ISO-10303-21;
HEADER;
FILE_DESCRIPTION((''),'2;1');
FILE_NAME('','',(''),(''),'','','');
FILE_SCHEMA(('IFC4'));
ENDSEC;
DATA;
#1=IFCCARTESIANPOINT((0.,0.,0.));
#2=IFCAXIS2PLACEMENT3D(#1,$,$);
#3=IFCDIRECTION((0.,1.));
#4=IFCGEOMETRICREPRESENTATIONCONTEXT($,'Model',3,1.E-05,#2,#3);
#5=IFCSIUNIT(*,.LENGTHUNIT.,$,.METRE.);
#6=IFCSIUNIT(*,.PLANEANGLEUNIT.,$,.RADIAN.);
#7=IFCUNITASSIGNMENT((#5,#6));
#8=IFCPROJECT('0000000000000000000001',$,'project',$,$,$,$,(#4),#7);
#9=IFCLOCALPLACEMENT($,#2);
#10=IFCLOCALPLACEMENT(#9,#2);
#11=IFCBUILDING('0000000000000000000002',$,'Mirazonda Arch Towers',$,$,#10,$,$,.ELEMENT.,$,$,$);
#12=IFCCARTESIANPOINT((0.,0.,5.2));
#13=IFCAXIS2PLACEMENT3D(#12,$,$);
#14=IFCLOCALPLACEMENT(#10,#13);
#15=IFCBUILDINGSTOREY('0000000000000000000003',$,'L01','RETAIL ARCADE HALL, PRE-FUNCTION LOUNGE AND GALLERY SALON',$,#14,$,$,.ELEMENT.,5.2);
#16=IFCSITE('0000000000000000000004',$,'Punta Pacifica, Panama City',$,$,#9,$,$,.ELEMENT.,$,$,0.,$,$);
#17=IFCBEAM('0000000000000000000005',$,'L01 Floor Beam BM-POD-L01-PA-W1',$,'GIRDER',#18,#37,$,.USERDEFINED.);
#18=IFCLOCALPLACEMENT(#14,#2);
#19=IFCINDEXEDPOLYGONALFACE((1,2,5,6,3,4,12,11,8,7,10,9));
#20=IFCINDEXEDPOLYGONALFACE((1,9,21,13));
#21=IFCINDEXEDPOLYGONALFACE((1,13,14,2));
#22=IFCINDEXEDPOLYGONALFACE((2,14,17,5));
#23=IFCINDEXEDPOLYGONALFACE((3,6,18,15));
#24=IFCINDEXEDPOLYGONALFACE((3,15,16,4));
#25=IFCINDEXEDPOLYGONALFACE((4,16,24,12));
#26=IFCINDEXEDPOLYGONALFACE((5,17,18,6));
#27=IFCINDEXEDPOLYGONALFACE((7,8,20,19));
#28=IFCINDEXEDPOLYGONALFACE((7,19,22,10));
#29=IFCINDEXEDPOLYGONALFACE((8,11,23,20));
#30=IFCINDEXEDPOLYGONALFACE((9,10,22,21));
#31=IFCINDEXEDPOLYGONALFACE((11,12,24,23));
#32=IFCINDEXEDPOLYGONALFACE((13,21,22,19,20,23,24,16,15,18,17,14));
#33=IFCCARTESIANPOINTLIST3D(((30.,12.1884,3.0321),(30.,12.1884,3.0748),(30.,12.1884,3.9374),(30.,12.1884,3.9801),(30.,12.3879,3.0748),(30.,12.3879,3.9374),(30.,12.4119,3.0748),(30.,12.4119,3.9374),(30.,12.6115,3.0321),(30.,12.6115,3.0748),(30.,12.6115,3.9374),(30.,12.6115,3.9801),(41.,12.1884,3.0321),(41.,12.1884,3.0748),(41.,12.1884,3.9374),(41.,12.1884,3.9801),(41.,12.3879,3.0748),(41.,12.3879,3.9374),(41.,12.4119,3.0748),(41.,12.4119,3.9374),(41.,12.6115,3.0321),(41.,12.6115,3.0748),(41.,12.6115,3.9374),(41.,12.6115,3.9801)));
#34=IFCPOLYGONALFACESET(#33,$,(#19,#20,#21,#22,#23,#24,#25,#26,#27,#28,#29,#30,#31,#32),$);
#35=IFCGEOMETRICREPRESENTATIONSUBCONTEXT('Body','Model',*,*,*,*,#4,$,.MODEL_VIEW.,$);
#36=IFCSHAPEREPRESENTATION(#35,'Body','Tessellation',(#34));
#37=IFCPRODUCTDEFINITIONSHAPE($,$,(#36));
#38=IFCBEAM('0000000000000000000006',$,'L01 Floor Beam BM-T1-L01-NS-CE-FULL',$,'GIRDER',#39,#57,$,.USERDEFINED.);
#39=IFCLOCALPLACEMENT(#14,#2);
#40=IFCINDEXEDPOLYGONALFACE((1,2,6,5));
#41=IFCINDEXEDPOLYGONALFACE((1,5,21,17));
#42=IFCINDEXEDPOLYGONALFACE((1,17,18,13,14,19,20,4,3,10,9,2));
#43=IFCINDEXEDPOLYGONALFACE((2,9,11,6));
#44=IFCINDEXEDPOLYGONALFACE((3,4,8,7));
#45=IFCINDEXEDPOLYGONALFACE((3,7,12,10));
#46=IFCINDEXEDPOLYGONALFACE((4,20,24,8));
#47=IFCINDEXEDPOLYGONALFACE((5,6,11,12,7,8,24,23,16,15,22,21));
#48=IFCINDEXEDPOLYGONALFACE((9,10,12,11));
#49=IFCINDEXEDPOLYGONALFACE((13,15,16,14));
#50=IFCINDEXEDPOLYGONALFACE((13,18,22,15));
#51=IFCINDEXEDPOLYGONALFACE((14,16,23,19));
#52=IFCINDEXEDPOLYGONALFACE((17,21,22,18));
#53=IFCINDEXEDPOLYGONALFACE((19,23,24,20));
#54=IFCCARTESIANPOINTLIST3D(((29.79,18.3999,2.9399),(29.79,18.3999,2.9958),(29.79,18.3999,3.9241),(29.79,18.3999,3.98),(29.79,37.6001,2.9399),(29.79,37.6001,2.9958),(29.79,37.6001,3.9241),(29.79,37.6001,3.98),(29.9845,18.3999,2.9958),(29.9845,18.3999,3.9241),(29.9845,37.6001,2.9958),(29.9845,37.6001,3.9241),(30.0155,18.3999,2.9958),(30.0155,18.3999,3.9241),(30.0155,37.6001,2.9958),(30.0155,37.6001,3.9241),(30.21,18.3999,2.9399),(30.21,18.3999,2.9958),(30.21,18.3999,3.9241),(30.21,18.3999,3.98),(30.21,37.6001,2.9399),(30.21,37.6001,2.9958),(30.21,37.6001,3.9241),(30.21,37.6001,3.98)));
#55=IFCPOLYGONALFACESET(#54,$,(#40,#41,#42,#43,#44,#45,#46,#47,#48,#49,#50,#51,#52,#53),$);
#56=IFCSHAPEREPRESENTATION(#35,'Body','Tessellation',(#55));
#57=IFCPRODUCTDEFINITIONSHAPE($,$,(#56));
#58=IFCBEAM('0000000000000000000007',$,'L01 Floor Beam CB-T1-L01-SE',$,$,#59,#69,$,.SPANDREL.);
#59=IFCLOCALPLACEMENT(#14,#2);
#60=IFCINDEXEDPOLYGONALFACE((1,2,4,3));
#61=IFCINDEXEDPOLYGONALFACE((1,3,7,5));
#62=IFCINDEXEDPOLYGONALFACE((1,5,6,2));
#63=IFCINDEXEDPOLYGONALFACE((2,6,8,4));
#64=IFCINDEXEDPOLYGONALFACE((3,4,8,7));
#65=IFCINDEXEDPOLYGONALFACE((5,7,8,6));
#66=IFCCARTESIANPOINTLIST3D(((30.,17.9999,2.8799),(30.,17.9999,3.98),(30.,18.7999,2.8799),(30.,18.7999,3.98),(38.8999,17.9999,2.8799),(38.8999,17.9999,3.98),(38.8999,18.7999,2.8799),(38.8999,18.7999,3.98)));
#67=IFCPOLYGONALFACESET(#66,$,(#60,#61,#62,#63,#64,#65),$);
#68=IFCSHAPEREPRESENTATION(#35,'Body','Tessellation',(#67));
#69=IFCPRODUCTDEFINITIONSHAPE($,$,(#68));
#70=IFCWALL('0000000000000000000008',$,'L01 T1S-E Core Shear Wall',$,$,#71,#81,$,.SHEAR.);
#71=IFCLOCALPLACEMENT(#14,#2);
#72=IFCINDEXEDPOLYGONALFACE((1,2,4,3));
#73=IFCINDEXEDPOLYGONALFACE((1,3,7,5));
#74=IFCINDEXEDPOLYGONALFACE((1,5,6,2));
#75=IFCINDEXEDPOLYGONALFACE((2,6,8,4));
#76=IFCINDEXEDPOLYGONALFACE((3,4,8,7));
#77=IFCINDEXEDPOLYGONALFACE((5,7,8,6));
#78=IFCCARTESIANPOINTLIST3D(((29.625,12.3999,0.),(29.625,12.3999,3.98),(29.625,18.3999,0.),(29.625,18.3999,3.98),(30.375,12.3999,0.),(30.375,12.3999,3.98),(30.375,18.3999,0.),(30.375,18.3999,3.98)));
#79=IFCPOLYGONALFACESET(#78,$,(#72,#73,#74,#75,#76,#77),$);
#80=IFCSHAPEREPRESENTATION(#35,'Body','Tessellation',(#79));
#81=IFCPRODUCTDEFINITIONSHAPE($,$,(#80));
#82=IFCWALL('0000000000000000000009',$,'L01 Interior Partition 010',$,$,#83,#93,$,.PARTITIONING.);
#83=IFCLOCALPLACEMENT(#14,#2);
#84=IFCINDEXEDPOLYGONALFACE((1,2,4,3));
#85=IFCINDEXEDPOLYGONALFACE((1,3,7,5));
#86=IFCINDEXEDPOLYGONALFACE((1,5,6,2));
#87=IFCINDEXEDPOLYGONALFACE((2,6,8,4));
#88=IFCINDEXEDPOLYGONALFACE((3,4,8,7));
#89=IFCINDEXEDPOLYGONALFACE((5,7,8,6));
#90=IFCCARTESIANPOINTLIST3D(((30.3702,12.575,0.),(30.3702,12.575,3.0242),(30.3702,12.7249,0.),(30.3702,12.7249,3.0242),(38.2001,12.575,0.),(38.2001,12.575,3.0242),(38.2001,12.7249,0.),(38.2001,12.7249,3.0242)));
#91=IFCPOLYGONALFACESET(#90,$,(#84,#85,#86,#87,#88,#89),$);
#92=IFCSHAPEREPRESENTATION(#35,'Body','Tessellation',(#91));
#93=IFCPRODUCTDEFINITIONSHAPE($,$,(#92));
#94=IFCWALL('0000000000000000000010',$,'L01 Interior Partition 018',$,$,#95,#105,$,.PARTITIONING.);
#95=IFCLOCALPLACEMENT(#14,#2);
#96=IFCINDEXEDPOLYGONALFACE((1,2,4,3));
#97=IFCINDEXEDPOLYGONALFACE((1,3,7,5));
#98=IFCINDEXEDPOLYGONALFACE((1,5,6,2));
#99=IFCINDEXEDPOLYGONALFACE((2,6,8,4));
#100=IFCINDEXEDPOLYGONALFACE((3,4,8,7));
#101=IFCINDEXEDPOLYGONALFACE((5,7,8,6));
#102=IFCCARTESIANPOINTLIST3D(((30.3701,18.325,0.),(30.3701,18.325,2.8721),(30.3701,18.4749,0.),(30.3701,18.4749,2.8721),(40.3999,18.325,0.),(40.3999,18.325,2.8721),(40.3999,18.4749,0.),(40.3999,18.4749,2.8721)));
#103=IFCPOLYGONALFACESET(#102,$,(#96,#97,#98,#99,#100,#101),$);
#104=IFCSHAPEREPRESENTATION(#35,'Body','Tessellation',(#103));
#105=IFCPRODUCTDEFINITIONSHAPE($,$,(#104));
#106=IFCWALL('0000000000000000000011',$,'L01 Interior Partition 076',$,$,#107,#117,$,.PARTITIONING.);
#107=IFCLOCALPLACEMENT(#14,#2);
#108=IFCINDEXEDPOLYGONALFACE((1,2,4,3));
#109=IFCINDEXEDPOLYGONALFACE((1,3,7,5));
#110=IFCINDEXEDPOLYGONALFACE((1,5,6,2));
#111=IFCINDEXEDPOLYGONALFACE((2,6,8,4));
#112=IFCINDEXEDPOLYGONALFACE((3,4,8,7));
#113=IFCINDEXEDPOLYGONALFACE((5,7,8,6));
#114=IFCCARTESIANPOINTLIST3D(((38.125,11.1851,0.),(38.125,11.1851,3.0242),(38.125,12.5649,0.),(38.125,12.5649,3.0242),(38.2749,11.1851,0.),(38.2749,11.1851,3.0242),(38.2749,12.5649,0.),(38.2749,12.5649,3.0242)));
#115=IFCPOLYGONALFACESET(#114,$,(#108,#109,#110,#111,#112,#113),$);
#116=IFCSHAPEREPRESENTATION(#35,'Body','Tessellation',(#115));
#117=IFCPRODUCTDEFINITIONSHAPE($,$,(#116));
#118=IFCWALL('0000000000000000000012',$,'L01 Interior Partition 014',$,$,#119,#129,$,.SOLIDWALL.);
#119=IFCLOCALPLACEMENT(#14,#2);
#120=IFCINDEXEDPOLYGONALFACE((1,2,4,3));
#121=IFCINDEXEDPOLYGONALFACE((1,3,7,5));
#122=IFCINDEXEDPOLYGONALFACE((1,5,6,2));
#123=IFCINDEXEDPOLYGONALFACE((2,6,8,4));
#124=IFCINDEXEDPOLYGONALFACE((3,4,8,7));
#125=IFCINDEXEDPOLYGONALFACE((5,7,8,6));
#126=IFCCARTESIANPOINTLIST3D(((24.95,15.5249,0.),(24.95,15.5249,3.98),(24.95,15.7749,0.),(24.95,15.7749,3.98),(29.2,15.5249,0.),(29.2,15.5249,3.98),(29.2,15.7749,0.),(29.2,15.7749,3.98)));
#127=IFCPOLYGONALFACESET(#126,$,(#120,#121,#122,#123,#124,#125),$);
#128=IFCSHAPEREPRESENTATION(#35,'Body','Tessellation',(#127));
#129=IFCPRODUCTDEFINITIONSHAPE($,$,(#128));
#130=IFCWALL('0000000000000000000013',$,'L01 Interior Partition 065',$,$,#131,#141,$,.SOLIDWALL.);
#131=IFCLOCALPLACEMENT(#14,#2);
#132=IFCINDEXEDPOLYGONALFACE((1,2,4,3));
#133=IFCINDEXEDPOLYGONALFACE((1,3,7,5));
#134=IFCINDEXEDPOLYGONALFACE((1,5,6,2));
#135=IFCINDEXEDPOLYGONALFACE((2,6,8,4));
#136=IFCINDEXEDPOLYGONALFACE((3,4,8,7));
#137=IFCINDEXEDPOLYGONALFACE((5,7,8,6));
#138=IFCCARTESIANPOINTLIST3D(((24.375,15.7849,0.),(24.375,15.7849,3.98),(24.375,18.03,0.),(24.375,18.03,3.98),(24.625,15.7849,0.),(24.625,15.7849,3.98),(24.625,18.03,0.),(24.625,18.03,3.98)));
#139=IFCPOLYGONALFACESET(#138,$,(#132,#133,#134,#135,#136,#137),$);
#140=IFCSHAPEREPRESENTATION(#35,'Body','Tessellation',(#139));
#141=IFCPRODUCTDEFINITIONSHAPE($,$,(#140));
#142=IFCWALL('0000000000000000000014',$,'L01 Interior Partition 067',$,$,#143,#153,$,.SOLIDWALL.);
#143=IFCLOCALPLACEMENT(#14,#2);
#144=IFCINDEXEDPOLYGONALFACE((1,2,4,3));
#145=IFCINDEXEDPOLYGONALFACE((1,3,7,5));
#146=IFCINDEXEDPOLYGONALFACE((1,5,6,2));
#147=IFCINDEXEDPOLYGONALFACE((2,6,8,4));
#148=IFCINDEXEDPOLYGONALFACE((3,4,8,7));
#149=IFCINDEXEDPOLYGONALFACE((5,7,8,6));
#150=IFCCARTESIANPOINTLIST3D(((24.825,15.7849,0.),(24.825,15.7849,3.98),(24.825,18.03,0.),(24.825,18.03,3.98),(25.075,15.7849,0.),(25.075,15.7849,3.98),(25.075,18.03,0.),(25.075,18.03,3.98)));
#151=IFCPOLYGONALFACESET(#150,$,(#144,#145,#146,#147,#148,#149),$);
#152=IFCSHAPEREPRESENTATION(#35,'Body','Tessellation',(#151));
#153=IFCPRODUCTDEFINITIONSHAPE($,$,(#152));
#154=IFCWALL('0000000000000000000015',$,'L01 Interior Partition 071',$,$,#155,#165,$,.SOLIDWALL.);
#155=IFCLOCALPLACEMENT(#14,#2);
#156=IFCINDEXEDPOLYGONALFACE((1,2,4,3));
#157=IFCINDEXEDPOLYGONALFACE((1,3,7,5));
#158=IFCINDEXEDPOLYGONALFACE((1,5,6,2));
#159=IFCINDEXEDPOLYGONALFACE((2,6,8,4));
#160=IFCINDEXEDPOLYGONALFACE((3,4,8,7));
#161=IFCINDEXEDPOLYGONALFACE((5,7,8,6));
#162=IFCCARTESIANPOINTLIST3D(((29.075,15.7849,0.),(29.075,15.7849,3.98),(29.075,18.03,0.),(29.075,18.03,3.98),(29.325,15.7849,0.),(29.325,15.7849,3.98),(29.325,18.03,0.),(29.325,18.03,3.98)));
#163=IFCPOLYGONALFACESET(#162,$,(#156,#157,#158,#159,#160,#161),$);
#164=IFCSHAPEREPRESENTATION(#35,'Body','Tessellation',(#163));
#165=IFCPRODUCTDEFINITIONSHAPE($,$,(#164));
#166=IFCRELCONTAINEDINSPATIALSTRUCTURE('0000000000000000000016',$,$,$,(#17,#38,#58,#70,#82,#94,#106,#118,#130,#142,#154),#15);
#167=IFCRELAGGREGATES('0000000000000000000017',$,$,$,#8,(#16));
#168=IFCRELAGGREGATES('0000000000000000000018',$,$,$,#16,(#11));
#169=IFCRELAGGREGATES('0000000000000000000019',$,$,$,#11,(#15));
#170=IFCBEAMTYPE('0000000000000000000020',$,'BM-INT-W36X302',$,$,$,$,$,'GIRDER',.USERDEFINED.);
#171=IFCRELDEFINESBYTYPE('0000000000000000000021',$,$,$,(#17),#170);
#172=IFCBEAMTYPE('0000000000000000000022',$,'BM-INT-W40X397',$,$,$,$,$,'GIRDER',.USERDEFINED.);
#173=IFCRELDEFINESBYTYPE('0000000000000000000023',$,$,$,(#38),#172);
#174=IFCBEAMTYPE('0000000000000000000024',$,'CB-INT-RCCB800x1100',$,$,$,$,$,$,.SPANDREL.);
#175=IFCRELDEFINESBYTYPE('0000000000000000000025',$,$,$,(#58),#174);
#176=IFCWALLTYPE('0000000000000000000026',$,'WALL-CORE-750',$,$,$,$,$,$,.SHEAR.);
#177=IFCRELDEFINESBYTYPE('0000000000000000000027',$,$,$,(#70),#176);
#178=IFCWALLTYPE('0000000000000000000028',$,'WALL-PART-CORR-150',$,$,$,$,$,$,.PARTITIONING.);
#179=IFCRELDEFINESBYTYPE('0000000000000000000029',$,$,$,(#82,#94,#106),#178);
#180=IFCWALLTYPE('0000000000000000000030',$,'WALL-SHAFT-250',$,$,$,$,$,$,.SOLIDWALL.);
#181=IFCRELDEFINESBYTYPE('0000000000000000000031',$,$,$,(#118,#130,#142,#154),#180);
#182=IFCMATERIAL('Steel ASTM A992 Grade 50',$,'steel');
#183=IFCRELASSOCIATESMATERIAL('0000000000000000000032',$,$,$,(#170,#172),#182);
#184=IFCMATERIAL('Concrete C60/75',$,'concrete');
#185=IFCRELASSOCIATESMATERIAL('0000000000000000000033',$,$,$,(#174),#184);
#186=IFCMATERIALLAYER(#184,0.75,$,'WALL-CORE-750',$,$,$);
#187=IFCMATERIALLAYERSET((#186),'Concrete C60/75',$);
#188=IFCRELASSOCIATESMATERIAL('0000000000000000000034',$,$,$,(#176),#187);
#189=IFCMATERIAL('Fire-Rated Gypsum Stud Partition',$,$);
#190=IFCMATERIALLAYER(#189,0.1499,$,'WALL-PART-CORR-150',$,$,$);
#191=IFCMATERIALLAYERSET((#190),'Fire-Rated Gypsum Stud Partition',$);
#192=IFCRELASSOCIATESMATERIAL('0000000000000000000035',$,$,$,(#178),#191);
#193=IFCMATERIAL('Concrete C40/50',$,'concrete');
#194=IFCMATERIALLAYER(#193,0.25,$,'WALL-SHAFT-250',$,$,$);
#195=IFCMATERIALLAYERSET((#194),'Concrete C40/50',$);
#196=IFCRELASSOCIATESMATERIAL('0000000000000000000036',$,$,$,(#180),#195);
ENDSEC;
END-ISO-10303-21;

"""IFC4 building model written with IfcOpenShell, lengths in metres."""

from ifc_helpers import new_model, si_unit, direction, frame, frame_2d, origin, origin_2d, place, context, subcontext, project, spatial, rectangle, i_section, extrude, material, layer, layer_set, material_profile, profile_set, type_object, element, save


model = new_model("IFC4")

# Units and contexts
model_context = context("Model", 3, precision=1e-05, world=origin(), true_north=direction((0.0, 1.0)))
body_context = subcontext(model_context, "Body", "Model", "MODEL_VIEW")
ifc_project = project(units=[si_unit("LENGTHUNIT", "METRE"), si_unit("PLANEANGLEUNIT", "RADIAN")], contexts=[model_context])

# Site, building, storey
site_placement = place(None, origin())
site = spatial("IfcSite", under=ifc_project, at=site_placement, Name="Punta Pacifica, Panama City", CompositionType="ELEMENT", RefElevation=0.0)
building_placement = place(site_placement, origin())
building = spatial("IfcBuilding", under=site, at=building_placement, Name="Mirazonda Arch Towers", CompositionType="ELEMENT")
storey_placement = place(building_placement, frame((0.0, 0.0, 5.2)))
storey = spatial("IfcBuildingStorey", under=building, at=storey_placement, Name="L01", Description="RETAIL ARCADE HALL, PRE-FUNCTION LOUNGE AND GALLERY SALON", CompositionType="ELEMENT", Elevation=5.2)

# Shared definitions
ifc_material_1 = material(Name="Concrete C60/75", Category="concrete")

# Beams
ifc_material_2 = material(Name="Steel ASTM A992 Grade 50", Category="steel")
ifc_material_profile_1 = material_profile(ifc_material_2, i_section(OverallWidth=0.4231, OverallDepth=0.948, WebThickness=0.0239, FlangeThickness=0.0427, at=origin_2d()), Name="W36X302")
ifc_profile_set_1 = profile_set([ifc_material_profile_1], Name="Steel ASTM A992 Grade 50")
beam_type_1 = type_object("IfcBeamType", Name="BM-INT-W36X302", ElementType="GIRDER", PredefinedType="USERDEFINED", material=ifc_profile_set_1)
beam_1_placement = place(storey_placement, frame((30.0, 12.3999, 3.5061), z_axis=(1.0, 0.0, 0.0), x_axis=(0.0, 1.0, 0.0)))
element("IfcBeam", 1, at=beam_1_placement, inside=storey, type_object=beam_type_1, Name="L01 Floor Beam BM-POD-L01-PA-W1", ObjectType="GIRDER", PredefinedType="USERDEFINED", context=body_context, shape_type="SweptSolid", body=[
    extrude(i_section(OverallWidth=0.4231, OverallDepth=0.948, WebThickness=0.0239, FlangeThickness=0.0427, at=origin_2d()), origin(), (0.0, 0.0, 1.0), 11.0),
])
ifc_material_profile_2 = material_profile(ifc_material_2, i_section(OverallWidth=0.4199, OverallDepth=1.04, WebThickness=0.031, FlangeThickness=0.0559, at=origin_2d()), Name="W40X397")
ifc_profile_set_2 = profile_set([ifc_material_profile_2], Name="Steel ASTM A992 Grade 50")
beam_type_2 = type_object("IfcBeamType", Name="BM-INT-W40X397", ElementType="GIRDER", PredefinedType="USERDEFINED", material=ifc_profile_set_2)
beam_2_placement = place(storey_placement, frame((30.0, 18.3999, 3.46), z_axis=(0.0, 1.0, 0.0), x_axis=(-1.0, 0.0, 0.0)))
element("IfcBeam", 2, at=beam_2_placement, inside=storey, type_object=beam_type_2, Name="L01 Floor Beam BM-T1-L01-NS-CE-FULL", ObjectType="GIRDER", PredefinedType="USERDEFINED", context=body_context, shape_type="SweptSolid", body=[
    extrude(i_section(OverallWidth=0.4199, OverallDepth=1.04, WebThickness=0.031, FlangeThickness=0.0559, at=origin_2d()), origin(), (0.0, 0.0, 1.0), 19.2002),
])
ifc_material_profile_3 = material_profile(ifc_material_1, rectangle(XDim=0.8, YDim=1.1001, at=origin_2d()), Name="RCCB800x1100")
ifc_profile_set_3 = profile_set([ifc_material_profile_3], Name="Concrete C60/75")
beam_type_3 = type_object("IfcBeamType", Name="CB-INT-RCCB800x1100", PredefinedType="SPANDREL", material=ifc_profile_set_3)
beam_3_placement = place(storey_placement, frame((30.0, 18.3999, 3.4299), z_axis=(1.0, 0.0, 0.0), x_axis=(0.0, 1.0, 0.0)))
element("IfcBeam", 3, at=beam_3_placement, inside=storey, type_object=beam_type_3, Name="L01 Floor Beam CB-T1-L01-SE", PredefinedType="SPANDREL", context=body_context, shape_type="SweptSolid", body=[
    extrude(rectangle(XDim=0.8, YDim=1.1001, at=origin_2d()), origin(), (0.0, 0.0, 1.0), 8.8999),
])

# Walls
ifc_layer_1 = layer(ifc_material_1, 0.75, Name="WALL-CORE-750")
ifc_layer_set_1 = layer_set([ifc_layer_1], Name="Concrete C60/75")
wall_type_1 = type_object("IfcWallType", Name="WALL-CORE-750", PredefinedType="SHEAR", material=ifc_layer_set_1)
wall_1_placement = place(storey_placement, frame((30.0, 12.3999, 0.0), z_axis=(0.0, 0.0, 1.0), x_axis=(0.0, 1.0, 0.0)))
element("IfcWall", 4, at=wall_1_placement, inside=storey, type_object=wall_type_1, Name="L01 T1S-E Core Shear Wall", PredefinedType="SHEAR", context=body_context, shape_type="SweptSolid", body=[
    extrude(rectangle(XDim=6.0, YDim=0.75, at=frame_2d((3.0, 0.0))), origin(), (0.0, 0.0, 1.0), 3.98),
])
ifc_material_3 = material(Name="Fire-Rated Gypsum Stud Partition")
ifc_layer_2 = layer(ifc_material_3, 0.1499, Name="WALL-PART-CORR-150")
ifc_layer_set_2 = layer_set([ifc_layer_2], Name="Fire-Rated Gypsum Stud Partition")
wall_type_2 = type_object("IfcWallType", Name="WALL-PART-CORR-150", PredefinedType="PARTITIONING", material=ifc_layer_set_2)
wall_2_placement = place(storey_placement, frame((30.3701, 12.6499, 0.0), z_axis=(0.0, 0.0, 1.0), x_axis=(1.0, 0.0, 0.0)))
element("IfcWall", 5, at=wall_2_placement, inside=storey, type_object=wall_type_2, Name="L01 Interior Partition 010", PredefinedType="PARTITIONING", context=body_context, shape_type="SweptSolid", body=[
    extrude(rectangle(XDim=7.8298, YDim=0.1499, at=frame_2d((3.915, 0.0))), origin(), (0.0, 0.0, 1.0), 3.0242),
])
wall_3_placement = place(storey_placement, frame((30.3701, 18.3999, 0.0), z_axis=(0.0, 0.0, 1.0), x_axis=(1.0, 0.0, 0.0)))
element("IfcWall", 6, at=wall_3_placement, inside=storey, type_object=wall_type_2, Name="L01 Interior Partition 018", PredefinedType="PARTITIONING", context=body_context, shape_type="SweptSolid", body=[
    extrude(rectangle(XDim=10.0298, YDim=0.1499, at=frame_2d((5.0149, 0.0))), origin(), (0.0, 0.0, 1.0), 2.8721),
])
wall_4_placement = place(storey_placement, frame((38.2, 11.1851, 0.0), z_axis=(0.0, 0.0, 1.0), x_axis=(0.0, 1.0, 0.0)))
element("IfcWall", 7, at=wall_4_placement, inside=storey, type_object=wall_type_2, Name="L01 Interior Partition 076", PredefinedType="PARTITIONING", context=body_context, shape_type="SweptSolid", body=[
    extrude(rectangle(XDim=1.3799, YDim=0.1499, at=frame_2d((0.6899, 0.0))), origin(), (0.0, 0.0, 1.0), 3.0242),
])
ifc_material_4 = material(Name="Concrete C40/50", Category="concrete")
ifc_layer_3 = layer(ifc_material_4, 0.25, Name="WALL-SHAFT-250")
ifc_layer_set_3 = layer_set([ifc_layer_3], Name="Concrete C40/50")
wall_type_3 = type_object("IfcWallType", Name="WALL-SHAFT-250", PredefinedType="SOLIDWALL", material=ifc_layer_set_3)
wall_5_placement = place(storey_placement, frame((24.95, 15.6499, 0.0), z_axis=(0.0, 0.0, 1.0), x_axis=(1.0, 0.0, 0.0)))
element("IfcWall", 8, at=wall_5_placement, inside=storey, type_object=wall_type_3, Name="L01 Interior Partition 014", PredefinedType="SOLIDWALL", context=body_context, shape_type="SweptSolid", body=[
    extrude(rectangle(XDim=4.25, YDim=0.25, at=frame_2d((2.125, 0.0))), origin(), (0.0, 0.0, 1.0), 3.98),
])
for number, where, z_axis, x_axis, name in (
    (9, (24.5, 15.7849, 0.0), (0.0, 0.0, 1.0), (0.0, 1.0, 0.0), "L01 Interior Partition 065"),
    (10, (24.95, 15.7849, 0.0), (0.0, 0.0, 1.0), (0.0, 1.0, 0.0), "L01 Interior Partition 067"),
    (11, (29.2, 15.7849, 0.0), (0.0, 0.0, 1.0), (0.0, 1.0, 0.0), "L01 Interior Partition 071"),
):
    element("IfcWall", number, at=place(storey_placement, frame(where, z_axis=z_axis, x_axis=x_axis)), inside=storey, type_object=wall_type_3, Name=name, PredefinedType="SOLIDWALL", context=body_context, shape_type="SweptSolid", body=[
        extrude(rectangle(XDim=2.2451, YDim=0.25, at=frame_2d((1.1226, 0.0))), origin(), (0.0, 0.0, 1.0), 3.98),
    ])

save(model, "model.ifc")
